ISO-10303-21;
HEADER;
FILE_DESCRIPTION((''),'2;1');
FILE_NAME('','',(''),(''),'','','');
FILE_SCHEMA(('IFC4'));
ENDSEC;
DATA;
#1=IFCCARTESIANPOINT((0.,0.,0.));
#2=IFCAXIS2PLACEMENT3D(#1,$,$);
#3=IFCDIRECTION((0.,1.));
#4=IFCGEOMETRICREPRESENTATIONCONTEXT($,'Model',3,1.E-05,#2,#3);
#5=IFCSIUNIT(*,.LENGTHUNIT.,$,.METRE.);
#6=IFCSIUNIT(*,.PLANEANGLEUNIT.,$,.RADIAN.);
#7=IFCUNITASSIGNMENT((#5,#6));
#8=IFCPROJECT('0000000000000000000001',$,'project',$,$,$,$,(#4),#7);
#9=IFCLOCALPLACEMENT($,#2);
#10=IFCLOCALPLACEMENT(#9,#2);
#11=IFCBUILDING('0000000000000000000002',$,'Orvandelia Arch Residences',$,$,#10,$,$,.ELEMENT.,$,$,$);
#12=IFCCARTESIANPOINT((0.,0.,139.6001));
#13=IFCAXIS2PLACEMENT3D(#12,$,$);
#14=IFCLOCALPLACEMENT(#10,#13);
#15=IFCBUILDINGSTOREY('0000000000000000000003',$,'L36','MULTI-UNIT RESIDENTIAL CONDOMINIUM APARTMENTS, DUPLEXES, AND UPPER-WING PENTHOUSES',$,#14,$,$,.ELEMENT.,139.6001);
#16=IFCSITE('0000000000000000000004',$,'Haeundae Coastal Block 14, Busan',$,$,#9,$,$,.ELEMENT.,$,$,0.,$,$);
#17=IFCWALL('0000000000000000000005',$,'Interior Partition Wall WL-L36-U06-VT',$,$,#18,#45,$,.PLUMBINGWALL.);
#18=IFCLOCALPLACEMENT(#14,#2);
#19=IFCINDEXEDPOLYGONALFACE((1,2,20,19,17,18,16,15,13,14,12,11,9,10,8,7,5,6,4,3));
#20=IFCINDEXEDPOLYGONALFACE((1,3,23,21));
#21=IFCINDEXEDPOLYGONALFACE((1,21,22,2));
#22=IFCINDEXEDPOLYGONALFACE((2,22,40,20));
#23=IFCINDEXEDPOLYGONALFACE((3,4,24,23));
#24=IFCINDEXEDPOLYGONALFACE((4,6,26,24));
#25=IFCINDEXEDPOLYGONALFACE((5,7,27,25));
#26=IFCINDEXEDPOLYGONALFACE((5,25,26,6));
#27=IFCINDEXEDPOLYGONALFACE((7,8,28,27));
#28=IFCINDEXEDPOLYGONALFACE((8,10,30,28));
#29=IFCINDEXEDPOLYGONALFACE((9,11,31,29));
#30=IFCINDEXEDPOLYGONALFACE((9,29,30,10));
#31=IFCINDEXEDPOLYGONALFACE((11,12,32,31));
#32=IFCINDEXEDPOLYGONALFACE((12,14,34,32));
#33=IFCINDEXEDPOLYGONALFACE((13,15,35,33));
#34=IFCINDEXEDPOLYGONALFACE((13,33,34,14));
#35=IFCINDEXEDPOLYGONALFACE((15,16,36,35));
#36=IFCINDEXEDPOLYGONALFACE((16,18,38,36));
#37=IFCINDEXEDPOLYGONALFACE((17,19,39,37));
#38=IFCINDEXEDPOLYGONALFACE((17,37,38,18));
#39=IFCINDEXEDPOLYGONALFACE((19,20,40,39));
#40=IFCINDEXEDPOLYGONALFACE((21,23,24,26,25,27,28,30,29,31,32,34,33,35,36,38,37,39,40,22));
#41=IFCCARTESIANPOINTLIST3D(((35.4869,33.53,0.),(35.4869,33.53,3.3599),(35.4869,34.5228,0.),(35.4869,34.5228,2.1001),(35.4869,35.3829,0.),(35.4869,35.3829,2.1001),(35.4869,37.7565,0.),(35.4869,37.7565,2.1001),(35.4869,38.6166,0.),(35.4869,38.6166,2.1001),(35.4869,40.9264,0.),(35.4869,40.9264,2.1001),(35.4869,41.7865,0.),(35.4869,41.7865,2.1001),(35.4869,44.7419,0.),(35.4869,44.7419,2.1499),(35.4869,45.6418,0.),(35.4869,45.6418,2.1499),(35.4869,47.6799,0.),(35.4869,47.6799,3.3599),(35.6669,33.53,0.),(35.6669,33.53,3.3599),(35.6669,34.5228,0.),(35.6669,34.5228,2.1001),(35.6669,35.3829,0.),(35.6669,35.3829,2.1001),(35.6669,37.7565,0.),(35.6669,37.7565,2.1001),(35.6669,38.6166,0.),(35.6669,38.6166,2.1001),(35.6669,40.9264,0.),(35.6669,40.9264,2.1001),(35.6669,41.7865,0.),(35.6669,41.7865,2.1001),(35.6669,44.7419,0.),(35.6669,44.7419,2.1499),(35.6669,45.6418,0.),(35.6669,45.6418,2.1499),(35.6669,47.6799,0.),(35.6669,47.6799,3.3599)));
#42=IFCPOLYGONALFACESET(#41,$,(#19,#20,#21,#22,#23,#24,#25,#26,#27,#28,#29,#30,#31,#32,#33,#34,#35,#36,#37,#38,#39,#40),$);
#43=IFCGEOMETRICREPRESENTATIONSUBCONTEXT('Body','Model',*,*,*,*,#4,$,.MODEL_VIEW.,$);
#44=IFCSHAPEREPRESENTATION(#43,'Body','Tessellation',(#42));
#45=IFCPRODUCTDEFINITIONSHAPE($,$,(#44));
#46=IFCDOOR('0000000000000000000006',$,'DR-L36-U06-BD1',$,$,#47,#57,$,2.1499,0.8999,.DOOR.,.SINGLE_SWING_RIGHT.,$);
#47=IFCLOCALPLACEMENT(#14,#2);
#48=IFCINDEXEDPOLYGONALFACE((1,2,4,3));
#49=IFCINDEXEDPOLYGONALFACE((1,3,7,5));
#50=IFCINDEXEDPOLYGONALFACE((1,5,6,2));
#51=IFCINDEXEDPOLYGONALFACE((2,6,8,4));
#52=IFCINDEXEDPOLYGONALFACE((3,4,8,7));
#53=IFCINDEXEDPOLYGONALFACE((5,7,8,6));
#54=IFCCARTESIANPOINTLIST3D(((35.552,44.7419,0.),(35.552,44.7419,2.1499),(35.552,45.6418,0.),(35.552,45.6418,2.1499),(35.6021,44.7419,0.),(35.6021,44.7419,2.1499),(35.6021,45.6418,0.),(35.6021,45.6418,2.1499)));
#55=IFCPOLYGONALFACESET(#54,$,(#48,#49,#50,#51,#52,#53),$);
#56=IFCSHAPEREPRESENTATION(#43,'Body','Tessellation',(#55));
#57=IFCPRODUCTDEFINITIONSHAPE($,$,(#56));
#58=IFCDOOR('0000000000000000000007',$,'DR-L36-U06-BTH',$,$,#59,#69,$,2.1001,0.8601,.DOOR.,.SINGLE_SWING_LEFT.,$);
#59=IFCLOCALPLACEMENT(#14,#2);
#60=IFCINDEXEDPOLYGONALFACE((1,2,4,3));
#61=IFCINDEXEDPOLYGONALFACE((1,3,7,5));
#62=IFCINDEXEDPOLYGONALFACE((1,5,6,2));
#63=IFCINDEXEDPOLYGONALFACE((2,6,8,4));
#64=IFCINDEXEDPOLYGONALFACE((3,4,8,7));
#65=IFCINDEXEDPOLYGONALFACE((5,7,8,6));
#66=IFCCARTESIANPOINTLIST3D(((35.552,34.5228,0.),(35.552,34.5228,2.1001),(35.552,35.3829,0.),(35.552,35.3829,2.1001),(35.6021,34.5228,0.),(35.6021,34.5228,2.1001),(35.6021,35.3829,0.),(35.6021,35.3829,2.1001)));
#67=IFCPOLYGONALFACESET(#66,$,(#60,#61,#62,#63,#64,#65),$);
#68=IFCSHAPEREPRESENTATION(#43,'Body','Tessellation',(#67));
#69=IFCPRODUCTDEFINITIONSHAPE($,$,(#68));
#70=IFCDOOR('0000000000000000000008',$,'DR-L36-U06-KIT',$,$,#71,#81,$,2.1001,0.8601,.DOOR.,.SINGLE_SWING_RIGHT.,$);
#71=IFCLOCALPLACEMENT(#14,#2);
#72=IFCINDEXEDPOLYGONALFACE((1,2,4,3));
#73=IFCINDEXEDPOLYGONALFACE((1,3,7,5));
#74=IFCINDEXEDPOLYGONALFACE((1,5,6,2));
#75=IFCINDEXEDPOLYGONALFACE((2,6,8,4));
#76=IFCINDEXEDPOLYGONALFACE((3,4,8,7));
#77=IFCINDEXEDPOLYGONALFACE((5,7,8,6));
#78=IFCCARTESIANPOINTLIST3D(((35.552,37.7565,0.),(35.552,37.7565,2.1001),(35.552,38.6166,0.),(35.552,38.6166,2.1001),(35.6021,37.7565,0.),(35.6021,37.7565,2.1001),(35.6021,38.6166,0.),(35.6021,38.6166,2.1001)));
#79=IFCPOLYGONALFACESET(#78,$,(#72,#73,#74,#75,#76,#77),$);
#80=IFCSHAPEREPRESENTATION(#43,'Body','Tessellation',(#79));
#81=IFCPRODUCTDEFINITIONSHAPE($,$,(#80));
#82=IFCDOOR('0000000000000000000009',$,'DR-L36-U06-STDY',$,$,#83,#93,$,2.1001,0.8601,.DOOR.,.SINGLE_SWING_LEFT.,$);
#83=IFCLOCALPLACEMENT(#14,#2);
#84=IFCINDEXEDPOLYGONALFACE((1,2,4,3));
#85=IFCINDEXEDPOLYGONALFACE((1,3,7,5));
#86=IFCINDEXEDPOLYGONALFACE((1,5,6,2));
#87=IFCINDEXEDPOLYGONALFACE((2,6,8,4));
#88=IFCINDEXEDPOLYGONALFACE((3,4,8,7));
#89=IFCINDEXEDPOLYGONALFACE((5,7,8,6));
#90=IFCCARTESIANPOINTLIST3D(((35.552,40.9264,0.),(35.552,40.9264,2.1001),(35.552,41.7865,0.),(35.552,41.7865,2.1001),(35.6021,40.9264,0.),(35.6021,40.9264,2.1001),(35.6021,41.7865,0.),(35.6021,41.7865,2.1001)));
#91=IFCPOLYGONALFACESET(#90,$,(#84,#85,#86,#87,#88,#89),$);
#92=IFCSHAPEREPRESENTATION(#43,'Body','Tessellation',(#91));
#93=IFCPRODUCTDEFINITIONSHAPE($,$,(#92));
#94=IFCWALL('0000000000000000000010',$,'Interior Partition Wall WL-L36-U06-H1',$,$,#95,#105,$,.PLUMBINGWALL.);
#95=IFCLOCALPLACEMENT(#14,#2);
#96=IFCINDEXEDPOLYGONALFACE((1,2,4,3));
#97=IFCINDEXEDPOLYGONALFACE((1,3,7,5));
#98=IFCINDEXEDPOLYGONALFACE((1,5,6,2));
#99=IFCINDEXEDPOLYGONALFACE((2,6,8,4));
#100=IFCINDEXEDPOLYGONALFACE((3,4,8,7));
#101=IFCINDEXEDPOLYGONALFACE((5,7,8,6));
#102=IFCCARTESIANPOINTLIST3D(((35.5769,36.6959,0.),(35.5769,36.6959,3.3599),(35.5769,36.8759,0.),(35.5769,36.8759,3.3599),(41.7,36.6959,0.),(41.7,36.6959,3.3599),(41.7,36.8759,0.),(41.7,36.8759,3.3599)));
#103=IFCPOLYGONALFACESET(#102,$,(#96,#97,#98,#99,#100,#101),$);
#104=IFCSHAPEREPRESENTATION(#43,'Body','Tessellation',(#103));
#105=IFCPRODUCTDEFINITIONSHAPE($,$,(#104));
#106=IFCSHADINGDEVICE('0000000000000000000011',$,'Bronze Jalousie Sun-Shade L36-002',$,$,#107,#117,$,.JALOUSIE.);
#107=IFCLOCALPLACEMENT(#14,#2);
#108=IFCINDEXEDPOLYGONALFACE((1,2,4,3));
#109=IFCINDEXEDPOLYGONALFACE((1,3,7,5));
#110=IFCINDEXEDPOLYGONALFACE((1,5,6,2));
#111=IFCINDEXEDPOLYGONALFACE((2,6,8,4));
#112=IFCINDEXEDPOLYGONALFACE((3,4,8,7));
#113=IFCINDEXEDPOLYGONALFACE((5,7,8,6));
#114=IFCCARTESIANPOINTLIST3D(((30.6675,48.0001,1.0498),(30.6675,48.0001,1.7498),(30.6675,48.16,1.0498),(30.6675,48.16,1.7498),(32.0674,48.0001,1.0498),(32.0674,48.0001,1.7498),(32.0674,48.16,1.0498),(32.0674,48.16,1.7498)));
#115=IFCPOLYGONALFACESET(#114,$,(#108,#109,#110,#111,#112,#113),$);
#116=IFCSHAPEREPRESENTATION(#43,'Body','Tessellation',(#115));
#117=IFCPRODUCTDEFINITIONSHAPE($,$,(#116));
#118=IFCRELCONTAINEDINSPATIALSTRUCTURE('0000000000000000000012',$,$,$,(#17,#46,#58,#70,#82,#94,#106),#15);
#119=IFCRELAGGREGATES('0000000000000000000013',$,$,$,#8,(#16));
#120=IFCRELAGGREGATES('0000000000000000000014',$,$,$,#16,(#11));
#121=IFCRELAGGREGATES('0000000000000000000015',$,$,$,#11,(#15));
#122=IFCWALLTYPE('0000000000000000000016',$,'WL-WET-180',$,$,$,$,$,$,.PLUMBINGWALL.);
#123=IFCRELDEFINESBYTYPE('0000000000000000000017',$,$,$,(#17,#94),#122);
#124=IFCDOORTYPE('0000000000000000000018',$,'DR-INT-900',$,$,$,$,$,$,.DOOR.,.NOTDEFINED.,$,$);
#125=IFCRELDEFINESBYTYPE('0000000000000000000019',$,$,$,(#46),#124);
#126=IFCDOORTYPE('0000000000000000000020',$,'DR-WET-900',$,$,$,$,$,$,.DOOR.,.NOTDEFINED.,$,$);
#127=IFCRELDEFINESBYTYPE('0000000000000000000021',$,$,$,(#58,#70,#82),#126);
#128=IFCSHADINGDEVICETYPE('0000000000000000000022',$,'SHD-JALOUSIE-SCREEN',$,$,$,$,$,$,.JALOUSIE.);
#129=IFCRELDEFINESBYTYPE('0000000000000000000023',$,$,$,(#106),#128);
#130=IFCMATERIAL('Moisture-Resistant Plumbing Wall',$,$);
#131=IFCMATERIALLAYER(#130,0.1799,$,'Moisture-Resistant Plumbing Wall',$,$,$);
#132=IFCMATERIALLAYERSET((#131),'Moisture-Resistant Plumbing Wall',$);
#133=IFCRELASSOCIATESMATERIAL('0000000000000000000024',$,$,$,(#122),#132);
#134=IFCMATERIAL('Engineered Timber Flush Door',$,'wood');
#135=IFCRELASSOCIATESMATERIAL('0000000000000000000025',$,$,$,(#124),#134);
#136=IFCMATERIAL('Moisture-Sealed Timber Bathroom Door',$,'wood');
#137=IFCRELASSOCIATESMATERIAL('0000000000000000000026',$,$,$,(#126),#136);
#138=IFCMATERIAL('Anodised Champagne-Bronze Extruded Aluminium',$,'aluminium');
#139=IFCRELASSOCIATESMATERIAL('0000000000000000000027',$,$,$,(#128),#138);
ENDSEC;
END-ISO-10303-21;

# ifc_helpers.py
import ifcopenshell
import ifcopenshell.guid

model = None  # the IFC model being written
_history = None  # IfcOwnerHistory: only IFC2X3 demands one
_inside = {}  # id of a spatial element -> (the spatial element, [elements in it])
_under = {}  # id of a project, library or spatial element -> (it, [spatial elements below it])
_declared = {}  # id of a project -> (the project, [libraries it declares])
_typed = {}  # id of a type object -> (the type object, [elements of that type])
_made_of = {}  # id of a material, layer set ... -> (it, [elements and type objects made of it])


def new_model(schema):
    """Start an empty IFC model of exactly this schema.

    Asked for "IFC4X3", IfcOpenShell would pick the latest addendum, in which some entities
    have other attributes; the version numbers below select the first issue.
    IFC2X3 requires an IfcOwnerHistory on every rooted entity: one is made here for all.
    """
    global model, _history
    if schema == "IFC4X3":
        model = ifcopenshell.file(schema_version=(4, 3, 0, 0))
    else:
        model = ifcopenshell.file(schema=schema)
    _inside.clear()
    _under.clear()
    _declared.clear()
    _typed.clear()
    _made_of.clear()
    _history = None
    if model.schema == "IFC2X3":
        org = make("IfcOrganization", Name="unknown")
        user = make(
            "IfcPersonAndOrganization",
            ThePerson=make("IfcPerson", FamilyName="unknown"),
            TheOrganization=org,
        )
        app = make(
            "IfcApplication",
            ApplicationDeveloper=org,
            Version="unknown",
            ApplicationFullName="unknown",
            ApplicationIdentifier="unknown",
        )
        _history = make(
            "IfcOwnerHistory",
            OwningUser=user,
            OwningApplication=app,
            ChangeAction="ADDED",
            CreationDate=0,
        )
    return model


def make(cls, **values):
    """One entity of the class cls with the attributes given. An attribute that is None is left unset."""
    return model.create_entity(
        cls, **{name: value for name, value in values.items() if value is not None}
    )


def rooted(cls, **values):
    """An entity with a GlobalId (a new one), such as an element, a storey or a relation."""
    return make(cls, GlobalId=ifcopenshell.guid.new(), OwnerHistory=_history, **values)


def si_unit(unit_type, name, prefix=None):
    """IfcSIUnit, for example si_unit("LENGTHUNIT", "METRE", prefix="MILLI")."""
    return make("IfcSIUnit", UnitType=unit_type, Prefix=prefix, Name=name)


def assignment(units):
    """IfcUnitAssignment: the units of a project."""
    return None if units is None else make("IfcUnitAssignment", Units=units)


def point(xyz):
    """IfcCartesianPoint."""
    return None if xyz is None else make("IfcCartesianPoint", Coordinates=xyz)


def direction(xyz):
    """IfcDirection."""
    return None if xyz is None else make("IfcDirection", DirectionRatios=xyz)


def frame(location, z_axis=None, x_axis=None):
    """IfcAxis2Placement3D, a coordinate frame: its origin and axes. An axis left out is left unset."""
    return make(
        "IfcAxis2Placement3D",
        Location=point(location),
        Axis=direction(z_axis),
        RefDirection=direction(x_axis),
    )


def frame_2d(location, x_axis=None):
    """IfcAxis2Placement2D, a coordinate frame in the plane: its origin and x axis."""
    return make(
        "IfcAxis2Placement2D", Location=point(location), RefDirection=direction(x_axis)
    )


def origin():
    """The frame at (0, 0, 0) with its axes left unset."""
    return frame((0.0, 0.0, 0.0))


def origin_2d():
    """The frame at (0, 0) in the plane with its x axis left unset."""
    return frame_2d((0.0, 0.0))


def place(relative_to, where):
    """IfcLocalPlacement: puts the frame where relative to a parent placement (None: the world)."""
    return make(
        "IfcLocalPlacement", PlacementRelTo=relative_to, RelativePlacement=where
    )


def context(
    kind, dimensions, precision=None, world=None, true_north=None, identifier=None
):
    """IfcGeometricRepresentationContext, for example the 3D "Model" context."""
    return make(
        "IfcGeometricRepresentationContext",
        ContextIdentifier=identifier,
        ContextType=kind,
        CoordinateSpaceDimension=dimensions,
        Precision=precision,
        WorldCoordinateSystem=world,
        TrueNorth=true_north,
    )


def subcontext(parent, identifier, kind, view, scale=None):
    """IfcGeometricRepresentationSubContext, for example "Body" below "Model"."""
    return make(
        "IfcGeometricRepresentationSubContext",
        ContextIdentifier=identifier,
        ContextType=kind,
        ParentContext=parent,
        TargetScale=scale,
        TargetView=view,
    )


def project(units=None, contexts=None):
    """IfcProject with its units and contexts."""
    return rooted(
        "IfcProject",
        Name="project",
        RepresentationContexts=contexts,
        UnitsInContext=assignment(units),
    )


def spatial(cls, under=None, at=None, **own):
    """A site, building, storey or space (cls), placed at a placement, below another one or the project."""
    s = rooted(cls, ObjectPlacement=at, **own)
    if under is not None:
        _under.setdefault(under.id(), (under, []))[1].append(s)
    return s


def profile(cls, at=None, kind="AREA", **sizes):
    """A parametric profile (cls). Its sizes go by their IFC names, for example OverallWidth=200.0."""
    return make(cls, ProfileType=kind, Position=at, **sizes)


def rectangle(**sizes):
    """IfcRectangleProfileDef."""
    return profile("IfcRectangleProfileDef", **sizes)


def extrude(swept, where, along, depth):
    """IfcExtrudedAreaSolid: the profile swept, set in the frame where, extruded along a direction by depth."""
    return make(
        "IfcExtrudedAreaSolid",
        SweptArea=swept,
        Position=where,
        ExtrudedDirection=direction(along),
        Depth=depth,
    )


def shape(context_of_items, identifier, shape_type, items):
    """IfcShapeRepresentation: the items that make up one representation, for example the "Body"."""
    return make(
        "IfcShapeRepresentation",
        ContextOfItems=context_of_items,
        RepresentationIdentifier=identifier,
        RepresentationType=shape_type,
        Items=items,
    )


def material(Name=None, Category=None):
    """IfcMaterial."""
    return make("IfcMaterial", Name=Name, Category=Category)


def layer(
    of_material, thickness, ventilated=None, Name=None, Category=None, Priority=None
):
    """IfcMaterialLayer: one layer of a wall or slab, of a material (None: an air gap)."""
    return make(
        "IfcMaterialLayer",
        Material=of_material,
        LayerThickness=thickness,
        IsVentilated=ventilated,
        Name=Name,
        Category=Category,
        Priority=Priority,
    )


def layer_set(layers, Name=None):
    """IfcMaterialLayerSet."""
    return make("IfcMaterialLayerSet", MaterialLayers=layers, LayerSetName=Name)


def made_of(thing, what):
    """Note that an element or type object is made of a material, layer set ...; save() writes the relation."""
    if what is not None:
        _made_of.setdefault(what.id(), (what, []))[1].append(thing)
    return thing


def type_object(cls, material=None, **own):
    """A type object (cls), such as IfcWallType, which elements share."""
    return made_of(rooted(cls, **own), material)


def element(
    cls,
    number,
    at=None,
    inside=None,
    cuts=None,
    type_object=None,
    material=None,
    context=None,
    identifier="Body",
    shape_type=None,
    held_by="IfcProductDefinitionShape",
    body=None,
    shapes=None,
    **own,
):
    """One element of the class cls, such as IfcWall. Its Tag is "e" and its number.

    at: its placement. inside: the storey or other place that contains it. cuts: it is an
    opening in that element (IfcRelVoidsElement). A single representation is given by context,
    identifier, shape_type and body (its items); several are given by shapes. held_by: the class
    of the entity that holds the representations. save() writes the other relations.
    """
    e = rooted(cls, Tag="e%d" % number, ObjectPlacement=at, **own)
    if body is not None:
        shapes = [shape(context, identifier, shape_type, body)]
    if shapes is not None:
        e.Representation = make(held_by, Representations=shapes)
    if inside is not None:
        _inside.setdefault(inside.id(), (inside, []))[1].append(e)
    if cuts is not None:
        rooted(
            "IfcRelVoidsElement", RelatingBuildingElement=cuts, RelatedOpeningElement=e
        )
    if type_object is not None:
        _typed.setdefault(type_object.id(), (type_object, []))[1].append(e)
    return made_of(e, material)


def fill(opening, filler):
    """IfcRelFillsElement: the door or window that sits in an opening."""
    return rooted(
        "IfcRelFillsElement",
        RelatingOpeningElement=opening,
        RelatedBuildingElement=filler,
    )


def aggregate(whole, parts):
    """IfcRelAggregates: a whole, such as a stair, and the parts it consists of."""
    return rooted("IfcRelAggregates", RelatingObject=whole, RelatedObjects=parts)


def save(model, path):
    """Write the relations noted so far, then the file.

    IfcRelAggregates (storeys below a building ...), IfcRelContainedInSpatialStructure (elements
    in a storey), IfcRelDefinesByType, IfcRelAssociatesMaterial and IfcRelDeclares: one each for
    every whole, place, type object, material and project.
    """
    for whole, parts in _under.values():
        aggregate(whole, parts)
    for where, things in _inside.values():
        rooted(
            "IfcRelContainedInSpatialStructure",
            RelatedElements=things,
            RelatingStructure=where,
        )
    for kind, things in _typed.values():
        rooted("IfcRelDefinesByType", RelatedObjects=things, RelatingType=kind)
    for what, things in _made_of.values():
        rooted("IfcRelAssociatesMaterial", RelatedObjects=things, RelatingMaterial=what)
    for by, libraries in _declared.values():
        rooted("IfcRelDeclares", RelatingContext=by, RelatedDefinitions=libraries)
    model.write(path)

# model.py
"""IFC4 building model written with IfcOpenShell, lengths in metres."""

from ifc_helpers import new_model, si_unit, direction, frame, frame_2d, origin, origin_2d, place, context, subcontext, project, spatial, rectangle, extrude, material, layer, layer_set, type_object, element, fill, save


model = new_model("IFC4")

# Units and contexts
model_context = context("Model", 3, precision=1e-05, world=origin(), true_north=direction((0.0, 1.0)))
body_context = subcontext(model_context, "Body", "Model", "MODEL_VIEW")
ifc_project = project(units=[si_unit("LENGTHUNIT", "METRE"), si_unit("PLANEANGLEUNIT", "RADIAN")], contexts=[model_context])

# Site, building, storey
site_placement = place(None, origin())
site = spatial("IfcSite", under=ifc_project, at=site_placement, Name="Haeundae Coastal Block 14, Busan", CompositionType="ELEMENT", RefElevation=0.0)
building_placement = place(site_placement, origin())
building = spatial("IfcBuilding", under=site, at=building_placement, Name="Orvandelia Arch Residences", CompositionType="ELEMENT")
storey_placement = place(building_placement, frame((0.0, 0.0, 139.6001)))
storey = spatial("IfcBuildingStorey", under=building, at=storey_placement, Name="L36", Description="MULTI-UNIT RESIDENTIAL CONDOMINIUM APARTMENTS, DUPLEXES, AND UPPER-WING PENTHOUSES", CompositionType="ELEMENT", Elevation=139.6001)

# Wall, openings, doors
ifc_material_1 = material(Name="Moisture-Resistant Plumbing Wall")
ifc_layer_1 = layer(ifc_material_1, 0.1799, Name="Moisture-Resistant Plumbing Wall")
ifc_layer_set_1 = layer_set([ifc_layer_1], Name="Moisture-Resistant Plumbing Wall")
wall_type_1 = type_object("IfcWallType", Name="WL-WET-180", PredefinedType="PLUMBINGWALL", material=ifc_layer_set_1)
wall_1_placement = place(storey_placement, frame((35.5769, 33.53, 0.0), z_axis=(0.0, 0.0, 1.0), x_axis=(0.0, 1.0, 0.0)))
wall_1 = element("IfcWall", 1, at=wall_1_placement, inside=storey, type_object=wall_type_1, Name="Interior Partition Wall WL-L36-U06-VT", PredefinedType="PLUMBINGWALL", context=body_context, shape_type="SweptSolid", body=[
    extrude(rectangle(XDim=14.1499, YDim=0.1799, at=frame_2d((7.075, 0.0))), origin(), (0.0, 0.0, 1.0), 3.3599),
])
opening_1_placement = place(wall_1_placement, frame((0.9927, 0.0, 0.0)))
opening_1 = element("IfcOpeningElement", 2, at=opening_1_placement, cuts=wall_1, PredefinedType="OPENING", context=body_context, shape_type="SweptSolid", body=[
    extrude(rectangle(XDim=0.8601, YDim=2.1001, at=frame_2d((0.4302, 1.05))), frame((0.0, 0.1001, 0.0), z_axis=(0.0, -1.0, 0.0), x_axis=(1.0, 0.0, 0.0)), (0.0, 0.0, 1.0), 0.2),
])
opening_2_placement = place(wall_1_placement, frame((4.2263, 0.0, 0.0)))
opening_2 = element("IfcOpeningElement", 3, at=opening_2_placement, cuts=wall_1, PredefinedType="OPENING", context=body_context, shape_type="SweptSolid", body=[
    extrude(rectangle(XDim=0.8601, YDim=2.1001, at=frame_2d((0.4302, 1.05))), frame((0.0, 0.1001, 0.0), z_axis=(0.0, -1.0, 0.0), x_axis=(1.0, 0.0, 0.0)), (0.0, 0.0, 1.0), 0.2),
])
opening_3_placement = place(wall_1_placement, frame((7.3962, 0.0, 0.0)))
opening_3 = element("IfcOpeningElement", 4, at=opening_3_placement, cuts=wall_1, PredefinedType="OPENING", context=body_context, shape_type="SweptSolid", body=[
    extrude(rectangle(XDim=0.8601, YDim=2.1001, at=frame_2d((0.4302, 1.05))), frame((0.0, 0.1001, 0.0), z_axis=(0.0, -1.0, 0.0), x_axis=(1.0, 0.0, 0.0)), (0.0, 0.0, 1.0), 0.2),
])
opening_4_placement = place(wall_1_placement, frame((11.2119, 0.0, 0.0)))
opening_4 = element("IfcOpeningElement", 5, at=opening_4_placement, cuts=wall_1, PredefinedType="OPENING", context=body_context, shape_type="SweptSolid", body=[
    extrude(rectangle(XDim=0.8999, YDim=2.1499, at=frame_2d((0.45, 1.075))), frame((0.0, 0.1001, 0.0), z_axis=(0.0, -1.0, 0.0), x_axis=(1.0, 0.0, 0.0)), (0.0, 0.0, 1.0), 0.2),
])
ifc_material_2 = material(Name="Engineered Timber Flush Door", Category="wood")
door_type_1 = type_object("IfcDoorType", Name="DR-INT-900", OperationType="NOTDEFINED", PredefinedType="DOOR", material=ifc_material_2)
door_1_placement = place(opening_4_placement, origin())
door_1 = element("IfcDoor", 6, at=door_1_placement, inside=storey, type_object=door_type_1, Name="DR-L36-U06-BD1", OperationType="SINGLE_SWING_RIGHT", OverallHeight=2.1499, OverallWidth=0.8999, PredefinedType="DOOR", context=body_context, shape_type="SweptSolid", body=[
    extrude(rectangle(XDim=0.8999, YDim=2.1499, at=frame_2d((0.45, 1.075))), frame((0.0, 0.0249, 0.0), z_axis=(0.0, -1.0, 0.0), x_axis=(1.0, 0.0, 0.0)), (0.0, 0.0, 1.0), 0.05),
])
fill(opening_4, door_1)
ifc_material_3 = material(Name="Moisture-Sealed Timber Bathroom Door", Category="wood")
door_type_2 = type_object("IfcDoorType", Name="DR-WET-900", OperationType="NOTDEFINED", PredefinedType="DOOR", material=ifc_material_3)
door_2_placement = place(opening_1_placement, origin())
door_2 = element("IfcDoor", 7, at=door_2_placement, inside=storey, type_object=door_type_2, Name="DR-L36-U06-BTH", OperationType="SINGLE_SWING_LEFT", OverallHeight=2.1001, OverallWidth=0.8601, PredefinedType="DOOR", context=body_context, shape_type="SweptSolid", body=[
    extrude(rectangle(XDim=0.8601, YDim=2.1001, at=frame_2d((0.4302, 1.05))), frame((0.0, 0.0249, 0.0), z_axis=(0.0, -1.0, 0.0), x_axis=(1.0, 0.0, 0.0)), (0.0, 0.0, 1.0), 0.05),
])
fill(opening_1, door_2)
door_3_placement = place(opening_2_placement, origin())
door_3 = element("IfcDoor", 8, at=door_3_placement, inside=storey, type_object=door_type_2, Name="DR-L36-U06-KIT", OperationType="SINGLE_SWING_RIGHT", OverallHeight=2.1001, OverallWidth=0.8601, PredefinedType="DOOR", context=body_context, shape_type="SweptSolid", body=[
    extrude(rectangle(XDim=0.8601, YDim=2.1001, at=frame_2d((0.4302, 1.05))), frame((0.0, 0.0249, 0.0), z_axis=(0.0, -1.0, 0.0), x_axis=(1.0, 0.0, 0.0)), (0.0, 0.0, 1.0), 0.05),
])
fill(opening_2, door_3)
door_4_placement = place(opening_3_placement, origin())
door_4 = element("IfcDoor", 9, at=door_4_placement, inside=storey, type_object=door_type_2, Name="DR-L36-U06-STDY", OperationType="SINGLE_SWING_LEFT", OverallHeight=2.1001, OverallWidth=0.8601, PredefinedType="DOOR", context=body_context, shape_type="SweptSolid", body=[
    extrude(rectangle(XDim=0.8601, YDim=2.1001, at=frame_2d((0.4302, 1.05))), frame((0.0, 0.0249, 0.0), z_axis=(0.0, -1.0, 0.0), x_axis=(1.0, 0.0, 0.0)), (0.0, 0.0, 1.0), 0.05),
])
fill(opening_3, door_4)

# Wall
wall_2_placement = place(storey_placement, frame((35.5769, 36.7859, 0.0), z_axis=(0.0, 0.0, 1.0), x_axis=(1.0, 0.0, 0.0)))
element("IfcWall", 10, at=wall_2_placement, inside=storey, type_object=wall_type_1, Name="Interior Partition Wall WL-L36-U06-H1", PredefinedType="PLUMBINGWALL", context=body_context, shape_type="SweptSolid", body=[
    extrude(rectangle(XDim=6.123, YDim=0.1799, at=frame_2d((3.0615, 0.0))), origin(), (0.0, 0.0, 1.0), 3.3599),
])

# Shading device
ifc_material_4 = material(Name="Anodised Champagne-Bronze Extruded Aluminium", Category="aluminium")
shading_device_type = type_object("IfcShadingDeviceType", Name="SHD-JALOUSIE-SCREEN", PredefinedType="JALOUSIE", material=ifc_material_4)
shading_device_placement = place(storey_placement, frame((31.3674, 48.0801, 1.0498), z_axis=(0.0, 0.0, 1.0), x_axis=(1.0, 0.0, 0.0)))
element("IfcShadingDevice", 11, at=shading_device_placement, inside=storey, type_object=shading_device_type, Name="Bronze Jalousie Sun-Shade L36-002", PredefinedType="JALOUSIE", context=body_context, shape_type="SweptSolid", body=[
    extrude(rectangle(XDim=1.3999, YDim=0.1599, at=origin_2d()), origin(), (0.0, 0.0, 1.0), 0.7),
])

save(model, "model.ifc")
